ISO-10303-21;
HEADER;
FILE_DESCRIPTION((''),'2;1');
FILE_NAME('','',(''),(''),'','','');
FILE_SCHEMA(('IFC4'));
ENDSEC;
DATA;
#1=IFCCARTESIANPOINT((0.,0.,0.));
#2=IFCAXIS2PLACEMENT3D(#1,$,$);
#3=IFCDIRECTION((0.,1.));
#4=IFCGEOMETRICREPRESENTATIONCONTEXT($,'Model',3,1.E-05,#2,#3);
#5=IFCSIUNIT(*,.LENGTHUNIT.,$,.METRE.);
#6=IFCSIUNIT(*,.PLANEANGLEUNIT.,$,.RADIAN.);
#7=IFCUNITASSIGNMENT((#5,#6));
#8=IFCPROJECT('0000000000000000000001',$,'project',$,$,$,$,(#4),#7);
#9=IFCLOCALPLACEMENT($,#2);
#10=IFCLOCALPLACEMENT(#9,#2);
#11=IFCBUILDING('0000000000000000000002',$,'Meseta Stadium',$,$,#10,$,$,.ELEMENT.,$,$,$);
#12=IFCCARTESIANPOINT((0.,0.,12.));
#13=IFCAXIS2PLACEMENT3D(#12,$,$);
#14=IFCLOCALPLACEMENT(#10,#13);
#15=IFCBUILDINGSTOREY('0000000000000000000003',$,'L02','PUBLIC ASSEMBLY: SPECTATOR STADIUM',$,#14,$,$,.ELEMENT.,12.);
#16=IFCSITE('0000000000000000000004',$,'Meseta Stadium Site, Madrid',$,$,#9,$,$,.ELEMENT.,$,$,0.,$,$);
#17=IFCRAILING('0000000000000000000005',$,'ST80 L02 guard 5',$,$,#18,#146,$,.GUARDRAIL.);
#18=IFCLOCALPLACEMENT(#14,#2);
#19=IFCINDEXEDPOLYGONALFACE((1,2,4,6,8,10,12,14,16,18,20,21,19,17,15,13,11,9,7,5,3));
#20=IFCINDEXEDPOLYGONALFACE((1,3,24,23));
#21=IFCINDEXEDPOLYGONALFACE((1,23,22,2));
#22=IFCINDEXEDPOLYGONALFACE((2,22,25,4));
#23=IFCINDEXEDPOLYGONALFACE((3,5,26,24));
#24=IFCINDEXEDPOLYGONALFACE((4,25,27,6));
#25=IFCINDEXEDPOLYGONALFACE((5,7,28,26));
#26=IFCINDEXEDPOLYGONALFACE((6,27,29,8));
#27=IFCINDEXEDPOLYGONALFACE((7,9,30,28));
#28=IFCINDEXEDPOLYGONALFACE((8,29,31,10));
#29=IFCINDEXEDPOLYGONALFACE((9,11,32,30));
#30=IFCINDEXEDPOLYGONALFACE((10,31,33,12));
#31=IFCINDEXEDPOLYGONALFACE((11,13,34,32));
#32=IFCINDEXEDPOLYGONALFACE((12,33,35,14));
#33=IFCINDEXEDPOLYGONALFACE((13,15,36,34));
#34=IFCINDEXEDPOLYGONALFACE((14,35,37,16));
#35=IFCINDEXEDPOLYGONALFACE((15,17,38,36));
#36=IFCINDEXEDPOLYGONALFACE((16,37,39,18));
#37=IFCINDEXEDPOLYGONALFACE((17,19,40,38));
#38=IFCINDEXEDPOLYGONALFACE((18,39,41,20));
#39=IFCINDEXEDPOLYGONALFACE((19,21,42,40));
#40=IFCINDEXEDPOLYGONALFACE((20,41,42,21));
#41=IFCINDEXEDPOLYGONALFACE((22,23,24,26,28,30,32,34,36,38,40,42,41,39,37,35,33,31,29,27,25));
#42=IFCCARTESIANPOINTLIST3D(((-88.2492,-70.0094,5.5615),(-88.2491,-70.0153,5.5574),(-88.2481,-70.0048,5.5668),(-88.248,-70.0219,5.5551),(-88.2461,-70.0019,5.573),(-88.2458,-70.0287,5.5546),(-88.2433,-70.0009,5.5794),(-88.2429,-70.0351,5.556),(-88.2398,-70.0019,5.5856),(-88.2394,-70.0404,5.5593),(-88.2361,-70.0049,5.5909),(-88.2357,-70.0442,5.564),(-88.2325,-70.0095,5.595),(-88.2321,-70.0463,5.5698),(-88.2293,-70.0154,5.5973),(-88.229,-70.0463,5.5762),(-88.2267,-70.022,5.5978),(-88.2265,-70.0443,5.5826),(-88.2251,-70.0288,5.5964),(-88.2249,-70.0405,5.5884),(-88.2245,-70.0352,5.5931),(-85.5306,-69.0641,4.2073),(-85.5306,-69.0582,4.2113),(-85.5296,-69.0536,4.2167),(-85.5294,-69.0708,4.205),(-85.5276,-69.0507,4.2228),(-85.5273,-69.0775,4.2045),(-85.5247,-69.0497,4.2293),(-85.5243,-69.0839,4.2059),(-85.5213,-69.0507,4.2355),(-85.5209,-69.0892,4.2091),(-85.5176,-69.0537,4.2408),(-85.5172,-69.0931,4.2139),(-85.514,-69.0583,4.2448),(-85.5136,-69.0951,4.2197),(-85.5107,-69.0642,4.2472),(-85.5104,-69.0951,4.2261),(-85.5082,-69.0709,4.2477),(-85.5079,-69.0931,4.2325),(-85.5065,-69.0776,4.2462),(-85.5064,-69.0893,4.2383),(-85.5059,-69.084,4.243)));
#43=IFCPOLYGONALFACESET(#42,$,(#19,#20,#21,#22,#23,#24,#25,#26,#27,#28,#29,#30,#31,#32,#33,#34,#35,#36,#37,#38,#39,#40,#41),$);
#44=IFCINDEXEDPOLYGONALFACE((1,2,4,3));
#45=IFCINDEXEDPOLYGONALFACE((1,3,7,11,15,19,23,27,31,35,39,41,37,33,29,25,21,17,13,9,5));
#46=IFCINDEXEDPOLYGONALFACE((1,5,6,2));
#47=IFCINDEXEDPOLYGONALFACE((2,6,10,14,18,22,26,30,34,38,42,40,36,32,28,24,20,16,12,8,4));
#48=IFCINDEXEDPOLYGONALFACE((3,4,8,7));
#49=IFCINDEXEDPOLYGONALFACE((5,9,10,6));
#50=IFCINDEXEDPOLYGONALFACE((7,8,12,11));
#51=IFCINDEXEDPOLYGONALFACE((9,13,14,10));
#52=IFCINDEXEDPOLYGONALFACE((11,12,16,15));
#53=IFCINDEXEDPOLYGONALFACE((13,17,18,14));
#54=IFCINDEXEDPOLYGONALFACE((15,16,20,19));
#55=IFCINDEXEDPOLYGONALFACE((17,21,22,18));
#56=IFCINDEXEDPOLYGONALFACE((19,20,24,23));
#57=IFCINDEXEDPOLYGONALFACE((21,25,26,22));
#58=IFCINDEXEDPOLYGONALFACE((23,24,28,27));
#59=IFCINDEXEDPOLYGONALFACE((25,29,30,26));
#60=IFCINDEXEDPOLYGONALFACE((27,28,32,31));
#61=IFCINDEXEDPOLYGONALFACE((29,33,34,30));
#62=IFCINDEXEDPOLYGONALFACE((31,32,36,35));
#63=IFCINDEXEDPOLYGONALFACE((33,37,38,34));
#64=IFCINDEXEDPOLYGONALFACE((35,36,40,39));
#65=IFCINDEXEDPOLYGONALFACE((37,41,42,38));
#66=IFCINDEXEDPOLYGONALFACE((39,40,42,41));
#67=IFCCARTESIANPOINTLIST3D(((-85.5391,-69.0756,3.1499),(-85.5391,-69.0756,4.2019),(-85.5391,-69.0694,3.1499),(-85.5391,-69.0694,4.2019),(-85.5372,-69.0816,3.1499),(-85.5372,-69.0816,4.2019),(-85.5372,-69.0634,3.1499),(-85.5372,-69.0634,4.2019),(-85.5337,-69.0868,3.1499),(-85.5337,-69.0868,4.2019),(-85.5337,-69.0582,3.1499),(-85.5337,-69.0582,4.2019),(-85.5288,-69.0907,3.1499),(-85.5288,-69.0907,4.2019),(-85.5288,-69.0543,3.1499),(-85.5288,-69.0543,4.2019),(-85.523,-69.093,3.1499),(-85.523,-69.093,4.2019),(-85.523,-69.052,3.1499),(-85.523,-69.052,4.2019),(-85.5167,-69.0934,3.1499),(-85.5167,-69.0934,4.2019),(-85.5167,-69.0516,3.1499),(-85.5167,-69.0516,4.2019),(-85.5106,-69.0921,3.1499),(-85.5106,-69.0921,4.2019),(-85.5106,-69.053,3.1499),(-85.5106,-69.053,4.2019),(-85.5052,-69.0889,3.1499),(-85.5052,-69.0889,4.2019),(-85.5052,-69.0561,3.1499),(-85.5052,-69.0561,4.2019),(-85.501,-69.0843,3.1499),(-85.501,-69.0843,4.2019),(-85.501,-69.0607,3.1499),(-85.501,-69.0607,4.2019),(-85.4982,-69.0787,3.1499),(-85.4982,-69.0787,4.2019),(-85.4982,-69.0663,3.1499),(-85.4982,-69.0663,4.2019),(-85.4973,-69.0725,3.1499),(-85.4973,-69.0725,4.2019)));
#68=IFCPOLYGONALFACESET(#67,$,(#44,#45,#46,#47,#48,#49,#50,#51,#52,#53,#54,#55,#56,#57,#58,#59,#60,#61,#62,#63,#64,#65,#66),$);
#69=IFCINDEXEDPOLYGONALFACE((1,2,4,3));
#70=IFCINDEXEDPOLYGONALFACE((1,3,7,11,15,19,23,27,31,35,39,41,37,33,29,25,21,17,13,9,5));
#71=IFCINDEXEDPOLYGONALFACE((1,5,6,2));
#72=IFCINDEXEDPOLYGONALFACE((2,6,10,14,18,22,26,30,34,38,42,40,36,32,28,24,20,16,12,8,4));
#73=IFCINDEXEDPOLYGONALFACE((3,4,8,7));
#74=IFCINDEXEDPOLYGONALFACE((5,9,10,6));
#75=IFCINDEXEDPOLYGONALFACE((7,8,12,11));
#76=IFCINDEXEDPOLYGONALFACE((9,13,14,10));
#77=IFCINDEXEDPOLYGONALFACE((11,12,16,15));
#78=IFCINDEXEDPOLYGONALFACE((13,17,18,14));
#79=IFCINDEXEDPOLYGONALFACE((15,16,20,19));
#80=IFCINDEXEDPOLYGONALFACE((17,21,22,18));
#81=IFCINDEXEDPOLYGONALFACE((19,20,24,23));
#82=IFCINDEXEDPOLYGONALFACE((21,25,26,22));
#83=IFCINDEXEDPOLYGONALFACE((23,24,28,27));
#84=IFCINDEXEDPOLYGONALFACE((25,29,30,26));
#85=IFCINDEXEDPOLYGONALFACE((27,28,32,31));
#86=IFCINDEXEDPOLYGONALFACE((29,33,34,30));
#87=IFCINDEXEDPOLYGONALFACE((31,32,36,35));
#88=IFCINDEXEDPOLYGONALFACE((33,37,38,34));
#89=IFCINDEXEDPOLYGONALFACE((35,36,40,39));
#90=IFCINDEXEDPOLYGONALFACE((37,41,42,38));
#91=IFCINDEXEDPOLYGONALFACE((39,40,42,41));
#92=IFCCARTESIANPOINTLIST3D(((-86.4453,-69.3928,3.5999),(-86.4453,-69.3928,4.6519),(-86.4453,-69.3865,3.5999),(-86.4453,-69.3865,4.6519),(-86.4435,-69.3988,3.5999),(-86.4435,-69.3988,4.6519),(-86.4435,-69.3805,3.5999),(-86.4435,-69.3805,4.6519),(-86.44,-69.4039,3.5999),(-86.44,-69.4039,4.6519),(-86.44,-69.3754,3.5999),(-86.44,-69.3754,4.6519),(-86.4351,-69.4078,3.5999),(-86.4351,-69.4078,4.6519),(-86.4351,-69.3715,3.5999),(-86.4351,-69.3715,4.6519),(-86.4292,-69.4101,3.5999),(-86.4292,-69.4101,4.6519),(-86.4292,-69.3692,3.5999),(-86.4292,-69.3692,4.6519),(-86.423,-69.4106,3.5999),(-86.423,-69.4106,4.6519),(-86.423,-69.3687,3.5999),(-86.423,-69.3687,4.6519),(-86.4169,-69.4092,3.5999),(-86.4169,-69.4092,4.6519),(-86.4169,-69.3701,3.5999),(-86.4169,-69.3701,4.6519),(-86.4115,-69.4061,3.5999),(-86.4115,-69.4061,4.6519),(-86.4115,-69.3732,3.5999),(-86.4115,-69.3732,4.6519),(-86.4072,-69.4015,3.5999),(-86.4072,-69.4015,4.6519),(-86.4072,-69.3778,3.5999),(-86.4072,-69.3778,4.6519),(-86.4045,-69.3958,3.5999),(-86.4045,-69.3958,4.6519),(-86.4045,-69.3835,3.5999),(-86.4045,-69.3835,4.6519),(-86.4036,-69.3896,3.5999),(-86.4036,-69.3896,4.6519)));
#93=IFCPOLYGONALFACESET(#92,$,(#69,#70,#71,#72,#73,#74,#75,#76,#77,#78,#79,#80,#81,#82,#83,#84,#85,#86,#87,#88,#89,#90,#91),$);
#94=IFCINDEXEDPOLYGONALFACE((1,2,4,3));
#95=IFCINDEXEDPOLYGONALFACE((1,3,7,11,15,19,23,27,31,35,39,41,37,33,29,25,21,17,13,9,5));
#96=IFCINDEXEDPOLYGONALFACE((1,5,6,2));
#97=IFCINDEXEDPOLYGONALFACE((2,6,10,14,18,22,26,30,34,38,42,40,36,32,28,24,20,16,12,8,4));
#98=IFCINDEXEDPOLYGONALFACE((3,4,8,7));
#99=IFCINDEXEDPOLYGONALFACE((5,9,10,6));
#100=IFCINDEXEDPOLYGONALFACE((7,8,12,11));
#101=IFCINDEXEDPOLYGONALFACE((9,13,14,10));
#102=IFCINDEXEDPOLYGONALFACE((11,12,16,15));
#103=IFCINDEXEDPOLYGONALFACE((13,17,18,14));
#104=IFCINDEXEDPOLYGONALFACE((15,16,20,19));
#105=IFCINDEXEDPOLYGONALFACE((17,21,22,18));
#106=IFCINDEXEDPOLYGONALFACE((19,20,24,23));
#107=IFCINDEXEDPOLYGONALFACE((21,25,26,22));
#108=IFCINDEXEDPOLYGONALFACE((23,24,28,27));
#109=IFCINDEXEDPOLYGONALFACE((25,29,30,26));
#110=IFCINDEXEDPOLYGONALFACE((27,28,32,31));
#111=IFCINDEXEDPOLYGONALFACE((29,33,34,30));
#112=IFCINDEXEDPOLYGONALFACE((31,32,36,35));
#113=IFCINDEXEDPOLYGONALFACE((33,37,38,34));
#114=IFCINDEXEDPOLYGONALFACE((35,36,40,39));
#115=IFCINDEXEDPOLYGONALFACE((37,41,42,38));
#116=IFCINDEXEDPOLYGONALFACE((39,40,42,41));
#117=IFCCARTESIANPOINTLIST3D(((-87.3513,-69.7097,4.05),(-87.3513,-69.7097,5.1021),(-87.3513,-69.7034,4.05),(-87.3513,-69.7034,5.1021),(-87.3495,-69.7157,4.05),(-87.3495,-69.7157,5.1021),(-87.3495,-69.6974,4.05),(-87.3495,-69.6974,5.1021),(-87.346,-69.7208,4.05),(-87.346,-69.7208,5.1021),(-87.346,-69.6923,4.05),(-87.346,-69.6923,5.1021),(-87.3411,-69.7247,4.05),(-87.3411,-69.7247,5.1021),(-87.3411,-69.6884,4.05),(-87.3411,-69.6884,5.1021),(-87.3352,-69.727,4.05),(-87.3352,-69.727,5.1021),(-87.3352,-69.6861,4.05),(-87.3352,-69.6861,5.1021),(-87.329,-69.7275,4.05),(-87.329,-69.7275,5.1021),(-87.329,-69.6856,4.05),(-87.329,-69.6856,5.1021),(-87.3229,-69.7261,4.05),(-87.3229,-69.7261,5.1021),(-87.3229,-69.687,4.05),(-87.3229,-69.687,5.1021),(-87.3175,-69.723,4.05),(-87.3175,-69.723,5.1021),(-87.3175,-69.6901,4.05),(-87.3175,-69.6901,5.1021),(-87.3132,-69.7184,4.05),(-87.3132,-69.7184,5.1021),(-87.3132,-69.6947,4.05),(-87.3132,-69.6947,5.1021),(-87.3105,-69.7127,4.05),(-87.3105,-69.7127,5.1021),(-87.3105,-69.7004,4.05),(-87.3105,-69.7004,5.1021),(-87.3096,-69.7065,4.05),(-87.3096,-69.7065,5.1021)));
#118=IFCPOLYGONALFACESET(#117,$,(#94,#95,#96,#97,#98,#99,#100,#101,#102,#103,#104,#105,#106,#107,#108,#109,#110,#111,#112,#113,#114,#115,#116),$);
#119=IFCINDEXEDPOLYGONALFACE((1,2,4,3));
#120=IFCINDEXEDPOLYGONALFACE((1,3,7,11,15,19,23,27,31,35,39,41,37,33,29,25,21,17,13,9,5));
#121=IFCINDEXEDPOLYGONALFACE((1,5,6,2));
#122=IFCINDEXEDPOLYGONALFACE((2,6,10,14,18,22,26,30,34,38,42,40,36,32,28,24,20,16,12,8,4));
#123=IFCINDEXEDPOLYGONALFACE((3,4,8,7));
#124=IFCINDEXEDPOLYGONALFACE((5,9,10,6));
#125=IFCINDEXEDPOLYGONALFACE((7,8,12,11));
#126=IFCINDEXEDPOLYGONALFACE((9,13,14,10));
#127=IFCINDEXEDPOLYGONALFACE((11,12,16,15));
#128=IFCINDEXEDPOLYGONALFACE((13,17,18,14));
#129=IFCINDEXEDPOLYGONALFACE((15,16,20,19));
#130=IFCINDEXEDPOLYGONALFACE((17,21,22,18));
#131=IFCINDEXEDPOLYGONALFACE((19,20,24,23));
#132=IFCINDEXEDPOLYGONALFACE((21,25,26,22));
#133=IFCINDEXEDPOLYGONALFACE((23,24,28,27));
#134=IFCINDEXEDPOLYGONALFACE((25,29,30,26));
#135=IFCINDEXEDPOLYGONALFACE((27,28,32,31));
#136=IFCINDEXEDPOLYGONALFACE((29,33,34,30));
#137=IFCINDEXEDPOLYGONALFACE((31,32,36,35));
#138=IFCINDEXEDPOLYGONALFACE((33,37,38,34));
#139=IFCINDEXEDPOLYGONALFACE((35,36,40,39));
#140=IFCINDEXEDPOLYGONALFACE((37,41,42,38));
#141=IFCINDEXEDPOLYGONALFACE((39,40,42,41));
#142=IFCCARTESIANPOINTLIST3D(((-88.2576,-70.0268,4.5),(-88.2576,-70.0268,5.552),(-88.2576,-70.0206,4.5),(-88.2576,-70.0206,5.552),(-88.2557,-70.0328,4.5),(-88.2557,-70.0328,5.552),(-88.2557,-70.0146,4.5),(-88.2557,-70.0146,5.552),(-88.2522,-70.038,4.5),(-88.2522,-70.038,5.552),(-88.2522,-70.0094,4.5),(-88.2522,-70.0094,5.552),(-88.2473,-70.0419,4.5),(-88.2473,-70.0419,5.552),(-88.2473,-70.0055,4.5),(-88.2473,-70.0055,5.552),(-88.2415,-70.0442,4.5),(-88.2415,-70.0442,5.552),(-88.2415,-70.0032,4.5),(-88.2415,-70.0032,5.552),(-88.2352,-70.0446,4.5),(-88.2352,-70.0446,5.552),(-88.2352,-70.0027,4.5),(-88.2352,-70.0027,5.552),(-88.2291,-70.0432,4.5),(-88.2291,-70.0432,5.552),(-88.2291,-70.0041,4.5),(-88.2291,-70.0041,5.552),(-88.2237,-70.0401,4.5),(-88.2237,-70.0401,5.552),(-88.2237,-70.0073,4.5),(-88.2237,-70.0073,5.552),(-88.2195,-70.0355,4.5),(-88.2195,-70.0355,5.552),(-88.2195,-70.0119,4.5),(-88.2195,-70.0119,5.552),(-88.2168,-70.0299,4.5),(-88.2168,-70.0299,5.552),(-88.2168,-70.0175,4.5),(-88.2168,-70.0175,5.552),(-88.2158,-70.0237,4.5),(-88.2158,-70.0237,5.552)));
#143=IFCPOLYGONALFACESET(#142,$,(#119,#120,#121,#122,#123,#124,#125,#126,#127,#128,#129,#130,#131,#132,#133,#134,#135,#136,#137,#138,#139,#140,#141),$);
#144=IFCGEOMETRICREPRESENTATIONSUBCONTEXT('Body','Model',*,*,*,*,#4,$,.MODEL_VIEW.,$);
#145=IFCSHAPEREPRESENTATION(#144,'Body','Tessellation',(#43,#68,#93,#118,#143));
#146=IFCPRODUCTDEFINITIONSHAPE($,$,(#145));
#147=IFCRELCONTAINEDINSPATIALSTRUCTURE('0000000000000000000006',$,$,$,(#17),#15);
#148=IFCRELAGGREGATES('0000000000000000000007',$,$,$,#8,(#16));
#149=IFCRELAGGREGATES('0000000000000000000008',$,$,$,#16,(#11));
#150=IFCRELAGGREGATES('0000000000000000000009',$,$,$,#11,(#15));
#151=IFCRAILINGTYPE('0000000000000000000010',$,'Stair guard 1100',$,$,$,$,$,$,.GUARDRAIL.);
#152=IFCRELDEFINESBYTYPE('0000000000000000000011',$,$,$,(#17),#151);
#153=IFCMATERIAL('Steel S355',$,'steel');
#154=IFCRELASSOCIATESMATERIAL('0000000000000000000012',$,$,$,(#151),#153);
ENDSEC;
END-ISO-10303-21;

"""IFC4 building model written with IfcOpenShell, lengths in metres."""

from ifc_helpers import new_model, si_unit, direction, frame, origin, origin_2d, place, context, subcontext, project, spatial, circle, extrude, material, type_object, element, save


model = new_model("IFC4")

# Units and contexts
model_context = context("Model", 3, precision=1e-05, world=origin(), true_north=direction((0.0, 1.0)))
body_context = subcontext(model_context, "Body", "Model", "MODEL_VIEW")
ifc_project = project(units=[si_unit("LENGTHUNIT", "METRE"), si_unit("PLANEANGLEUNIT", "RADIAN")], contexts=[model_context])

# Site, building, storey
site_placement = place(None, origin())
site = spatial("IfcSite", under=ifc_project, at=site_placement, Name="Meseta Stadium Site, Madrid", CompositionType="ELEMENT", RefElevation=0.0)
building_placement = place(site_placement, origin())
building = spatial("IfcBuilding", under=site, at=building_placement, Name="Meseta Stadium", CompositionType="ELEMENT")
storey_placement = place(building_placement, frame((0.0, 0.0, 12.0)))
storey = spatial("IfcBuildingStorey", under=building, at=storey_placement, Name="L02", Description="PUBLIC ASSEMBLY: SPECTATOR STADIUM", CompositionType="ELEMENT", Elevation=12.0)

# Railing
ifc_material_1 = material(Name="Steel S355", Category="steel")
railing_type_1 = type_object("IfcRailingType", Name="Stair guard 1100", PredefinedType="GUARDRAIL", material=ifc_material_1)
railing_1_placement = place(storey_placement, frame((-85.5183, -69.0725, 3.1499)))
element("IfcRailing", 1, at=railing_1_placement, inside=storey, type_object=railing_type_1, Name="ST80 L02 guard 5", PredefinedType="GUARDRAIL", context=body_context, shape_type="SweptSolid", body=[
    extrude(circle(Radius=0.0239, at=origin_2d()), frame((0.0, 0.0, 1.0762), z_axis=(-0.854649, -0.299031, 0.424446), x_axis=(0.330256, -0.943891, 0.0)), (0.0, 0.0, 1.0), 3.1809),
    extrude(circle(Radius=0.021, at=origin_2d()), origin(), (0.0, 0.0, 1.0), 1.052),
    extrude(circle(Radius=0.021, at=origin_2d()), frame((-0.9062, -0.3171, 0.45)), (0.0, 0.0, 1.0), 1.052),
    extrude(circle(Radius=0.021, at=origin_2d()), frame((-1.8123, -0.634, 0.9001)), (0.0, 0.0, 1.0), 1.052),
    extrude(circle(Radius=0.021, at=origin_2d()), frame((-2.7185, -0.9512, 1.3501)), (0.0, 0.0, 1.0), 1.052),
])

save(model, "model.ifc")
